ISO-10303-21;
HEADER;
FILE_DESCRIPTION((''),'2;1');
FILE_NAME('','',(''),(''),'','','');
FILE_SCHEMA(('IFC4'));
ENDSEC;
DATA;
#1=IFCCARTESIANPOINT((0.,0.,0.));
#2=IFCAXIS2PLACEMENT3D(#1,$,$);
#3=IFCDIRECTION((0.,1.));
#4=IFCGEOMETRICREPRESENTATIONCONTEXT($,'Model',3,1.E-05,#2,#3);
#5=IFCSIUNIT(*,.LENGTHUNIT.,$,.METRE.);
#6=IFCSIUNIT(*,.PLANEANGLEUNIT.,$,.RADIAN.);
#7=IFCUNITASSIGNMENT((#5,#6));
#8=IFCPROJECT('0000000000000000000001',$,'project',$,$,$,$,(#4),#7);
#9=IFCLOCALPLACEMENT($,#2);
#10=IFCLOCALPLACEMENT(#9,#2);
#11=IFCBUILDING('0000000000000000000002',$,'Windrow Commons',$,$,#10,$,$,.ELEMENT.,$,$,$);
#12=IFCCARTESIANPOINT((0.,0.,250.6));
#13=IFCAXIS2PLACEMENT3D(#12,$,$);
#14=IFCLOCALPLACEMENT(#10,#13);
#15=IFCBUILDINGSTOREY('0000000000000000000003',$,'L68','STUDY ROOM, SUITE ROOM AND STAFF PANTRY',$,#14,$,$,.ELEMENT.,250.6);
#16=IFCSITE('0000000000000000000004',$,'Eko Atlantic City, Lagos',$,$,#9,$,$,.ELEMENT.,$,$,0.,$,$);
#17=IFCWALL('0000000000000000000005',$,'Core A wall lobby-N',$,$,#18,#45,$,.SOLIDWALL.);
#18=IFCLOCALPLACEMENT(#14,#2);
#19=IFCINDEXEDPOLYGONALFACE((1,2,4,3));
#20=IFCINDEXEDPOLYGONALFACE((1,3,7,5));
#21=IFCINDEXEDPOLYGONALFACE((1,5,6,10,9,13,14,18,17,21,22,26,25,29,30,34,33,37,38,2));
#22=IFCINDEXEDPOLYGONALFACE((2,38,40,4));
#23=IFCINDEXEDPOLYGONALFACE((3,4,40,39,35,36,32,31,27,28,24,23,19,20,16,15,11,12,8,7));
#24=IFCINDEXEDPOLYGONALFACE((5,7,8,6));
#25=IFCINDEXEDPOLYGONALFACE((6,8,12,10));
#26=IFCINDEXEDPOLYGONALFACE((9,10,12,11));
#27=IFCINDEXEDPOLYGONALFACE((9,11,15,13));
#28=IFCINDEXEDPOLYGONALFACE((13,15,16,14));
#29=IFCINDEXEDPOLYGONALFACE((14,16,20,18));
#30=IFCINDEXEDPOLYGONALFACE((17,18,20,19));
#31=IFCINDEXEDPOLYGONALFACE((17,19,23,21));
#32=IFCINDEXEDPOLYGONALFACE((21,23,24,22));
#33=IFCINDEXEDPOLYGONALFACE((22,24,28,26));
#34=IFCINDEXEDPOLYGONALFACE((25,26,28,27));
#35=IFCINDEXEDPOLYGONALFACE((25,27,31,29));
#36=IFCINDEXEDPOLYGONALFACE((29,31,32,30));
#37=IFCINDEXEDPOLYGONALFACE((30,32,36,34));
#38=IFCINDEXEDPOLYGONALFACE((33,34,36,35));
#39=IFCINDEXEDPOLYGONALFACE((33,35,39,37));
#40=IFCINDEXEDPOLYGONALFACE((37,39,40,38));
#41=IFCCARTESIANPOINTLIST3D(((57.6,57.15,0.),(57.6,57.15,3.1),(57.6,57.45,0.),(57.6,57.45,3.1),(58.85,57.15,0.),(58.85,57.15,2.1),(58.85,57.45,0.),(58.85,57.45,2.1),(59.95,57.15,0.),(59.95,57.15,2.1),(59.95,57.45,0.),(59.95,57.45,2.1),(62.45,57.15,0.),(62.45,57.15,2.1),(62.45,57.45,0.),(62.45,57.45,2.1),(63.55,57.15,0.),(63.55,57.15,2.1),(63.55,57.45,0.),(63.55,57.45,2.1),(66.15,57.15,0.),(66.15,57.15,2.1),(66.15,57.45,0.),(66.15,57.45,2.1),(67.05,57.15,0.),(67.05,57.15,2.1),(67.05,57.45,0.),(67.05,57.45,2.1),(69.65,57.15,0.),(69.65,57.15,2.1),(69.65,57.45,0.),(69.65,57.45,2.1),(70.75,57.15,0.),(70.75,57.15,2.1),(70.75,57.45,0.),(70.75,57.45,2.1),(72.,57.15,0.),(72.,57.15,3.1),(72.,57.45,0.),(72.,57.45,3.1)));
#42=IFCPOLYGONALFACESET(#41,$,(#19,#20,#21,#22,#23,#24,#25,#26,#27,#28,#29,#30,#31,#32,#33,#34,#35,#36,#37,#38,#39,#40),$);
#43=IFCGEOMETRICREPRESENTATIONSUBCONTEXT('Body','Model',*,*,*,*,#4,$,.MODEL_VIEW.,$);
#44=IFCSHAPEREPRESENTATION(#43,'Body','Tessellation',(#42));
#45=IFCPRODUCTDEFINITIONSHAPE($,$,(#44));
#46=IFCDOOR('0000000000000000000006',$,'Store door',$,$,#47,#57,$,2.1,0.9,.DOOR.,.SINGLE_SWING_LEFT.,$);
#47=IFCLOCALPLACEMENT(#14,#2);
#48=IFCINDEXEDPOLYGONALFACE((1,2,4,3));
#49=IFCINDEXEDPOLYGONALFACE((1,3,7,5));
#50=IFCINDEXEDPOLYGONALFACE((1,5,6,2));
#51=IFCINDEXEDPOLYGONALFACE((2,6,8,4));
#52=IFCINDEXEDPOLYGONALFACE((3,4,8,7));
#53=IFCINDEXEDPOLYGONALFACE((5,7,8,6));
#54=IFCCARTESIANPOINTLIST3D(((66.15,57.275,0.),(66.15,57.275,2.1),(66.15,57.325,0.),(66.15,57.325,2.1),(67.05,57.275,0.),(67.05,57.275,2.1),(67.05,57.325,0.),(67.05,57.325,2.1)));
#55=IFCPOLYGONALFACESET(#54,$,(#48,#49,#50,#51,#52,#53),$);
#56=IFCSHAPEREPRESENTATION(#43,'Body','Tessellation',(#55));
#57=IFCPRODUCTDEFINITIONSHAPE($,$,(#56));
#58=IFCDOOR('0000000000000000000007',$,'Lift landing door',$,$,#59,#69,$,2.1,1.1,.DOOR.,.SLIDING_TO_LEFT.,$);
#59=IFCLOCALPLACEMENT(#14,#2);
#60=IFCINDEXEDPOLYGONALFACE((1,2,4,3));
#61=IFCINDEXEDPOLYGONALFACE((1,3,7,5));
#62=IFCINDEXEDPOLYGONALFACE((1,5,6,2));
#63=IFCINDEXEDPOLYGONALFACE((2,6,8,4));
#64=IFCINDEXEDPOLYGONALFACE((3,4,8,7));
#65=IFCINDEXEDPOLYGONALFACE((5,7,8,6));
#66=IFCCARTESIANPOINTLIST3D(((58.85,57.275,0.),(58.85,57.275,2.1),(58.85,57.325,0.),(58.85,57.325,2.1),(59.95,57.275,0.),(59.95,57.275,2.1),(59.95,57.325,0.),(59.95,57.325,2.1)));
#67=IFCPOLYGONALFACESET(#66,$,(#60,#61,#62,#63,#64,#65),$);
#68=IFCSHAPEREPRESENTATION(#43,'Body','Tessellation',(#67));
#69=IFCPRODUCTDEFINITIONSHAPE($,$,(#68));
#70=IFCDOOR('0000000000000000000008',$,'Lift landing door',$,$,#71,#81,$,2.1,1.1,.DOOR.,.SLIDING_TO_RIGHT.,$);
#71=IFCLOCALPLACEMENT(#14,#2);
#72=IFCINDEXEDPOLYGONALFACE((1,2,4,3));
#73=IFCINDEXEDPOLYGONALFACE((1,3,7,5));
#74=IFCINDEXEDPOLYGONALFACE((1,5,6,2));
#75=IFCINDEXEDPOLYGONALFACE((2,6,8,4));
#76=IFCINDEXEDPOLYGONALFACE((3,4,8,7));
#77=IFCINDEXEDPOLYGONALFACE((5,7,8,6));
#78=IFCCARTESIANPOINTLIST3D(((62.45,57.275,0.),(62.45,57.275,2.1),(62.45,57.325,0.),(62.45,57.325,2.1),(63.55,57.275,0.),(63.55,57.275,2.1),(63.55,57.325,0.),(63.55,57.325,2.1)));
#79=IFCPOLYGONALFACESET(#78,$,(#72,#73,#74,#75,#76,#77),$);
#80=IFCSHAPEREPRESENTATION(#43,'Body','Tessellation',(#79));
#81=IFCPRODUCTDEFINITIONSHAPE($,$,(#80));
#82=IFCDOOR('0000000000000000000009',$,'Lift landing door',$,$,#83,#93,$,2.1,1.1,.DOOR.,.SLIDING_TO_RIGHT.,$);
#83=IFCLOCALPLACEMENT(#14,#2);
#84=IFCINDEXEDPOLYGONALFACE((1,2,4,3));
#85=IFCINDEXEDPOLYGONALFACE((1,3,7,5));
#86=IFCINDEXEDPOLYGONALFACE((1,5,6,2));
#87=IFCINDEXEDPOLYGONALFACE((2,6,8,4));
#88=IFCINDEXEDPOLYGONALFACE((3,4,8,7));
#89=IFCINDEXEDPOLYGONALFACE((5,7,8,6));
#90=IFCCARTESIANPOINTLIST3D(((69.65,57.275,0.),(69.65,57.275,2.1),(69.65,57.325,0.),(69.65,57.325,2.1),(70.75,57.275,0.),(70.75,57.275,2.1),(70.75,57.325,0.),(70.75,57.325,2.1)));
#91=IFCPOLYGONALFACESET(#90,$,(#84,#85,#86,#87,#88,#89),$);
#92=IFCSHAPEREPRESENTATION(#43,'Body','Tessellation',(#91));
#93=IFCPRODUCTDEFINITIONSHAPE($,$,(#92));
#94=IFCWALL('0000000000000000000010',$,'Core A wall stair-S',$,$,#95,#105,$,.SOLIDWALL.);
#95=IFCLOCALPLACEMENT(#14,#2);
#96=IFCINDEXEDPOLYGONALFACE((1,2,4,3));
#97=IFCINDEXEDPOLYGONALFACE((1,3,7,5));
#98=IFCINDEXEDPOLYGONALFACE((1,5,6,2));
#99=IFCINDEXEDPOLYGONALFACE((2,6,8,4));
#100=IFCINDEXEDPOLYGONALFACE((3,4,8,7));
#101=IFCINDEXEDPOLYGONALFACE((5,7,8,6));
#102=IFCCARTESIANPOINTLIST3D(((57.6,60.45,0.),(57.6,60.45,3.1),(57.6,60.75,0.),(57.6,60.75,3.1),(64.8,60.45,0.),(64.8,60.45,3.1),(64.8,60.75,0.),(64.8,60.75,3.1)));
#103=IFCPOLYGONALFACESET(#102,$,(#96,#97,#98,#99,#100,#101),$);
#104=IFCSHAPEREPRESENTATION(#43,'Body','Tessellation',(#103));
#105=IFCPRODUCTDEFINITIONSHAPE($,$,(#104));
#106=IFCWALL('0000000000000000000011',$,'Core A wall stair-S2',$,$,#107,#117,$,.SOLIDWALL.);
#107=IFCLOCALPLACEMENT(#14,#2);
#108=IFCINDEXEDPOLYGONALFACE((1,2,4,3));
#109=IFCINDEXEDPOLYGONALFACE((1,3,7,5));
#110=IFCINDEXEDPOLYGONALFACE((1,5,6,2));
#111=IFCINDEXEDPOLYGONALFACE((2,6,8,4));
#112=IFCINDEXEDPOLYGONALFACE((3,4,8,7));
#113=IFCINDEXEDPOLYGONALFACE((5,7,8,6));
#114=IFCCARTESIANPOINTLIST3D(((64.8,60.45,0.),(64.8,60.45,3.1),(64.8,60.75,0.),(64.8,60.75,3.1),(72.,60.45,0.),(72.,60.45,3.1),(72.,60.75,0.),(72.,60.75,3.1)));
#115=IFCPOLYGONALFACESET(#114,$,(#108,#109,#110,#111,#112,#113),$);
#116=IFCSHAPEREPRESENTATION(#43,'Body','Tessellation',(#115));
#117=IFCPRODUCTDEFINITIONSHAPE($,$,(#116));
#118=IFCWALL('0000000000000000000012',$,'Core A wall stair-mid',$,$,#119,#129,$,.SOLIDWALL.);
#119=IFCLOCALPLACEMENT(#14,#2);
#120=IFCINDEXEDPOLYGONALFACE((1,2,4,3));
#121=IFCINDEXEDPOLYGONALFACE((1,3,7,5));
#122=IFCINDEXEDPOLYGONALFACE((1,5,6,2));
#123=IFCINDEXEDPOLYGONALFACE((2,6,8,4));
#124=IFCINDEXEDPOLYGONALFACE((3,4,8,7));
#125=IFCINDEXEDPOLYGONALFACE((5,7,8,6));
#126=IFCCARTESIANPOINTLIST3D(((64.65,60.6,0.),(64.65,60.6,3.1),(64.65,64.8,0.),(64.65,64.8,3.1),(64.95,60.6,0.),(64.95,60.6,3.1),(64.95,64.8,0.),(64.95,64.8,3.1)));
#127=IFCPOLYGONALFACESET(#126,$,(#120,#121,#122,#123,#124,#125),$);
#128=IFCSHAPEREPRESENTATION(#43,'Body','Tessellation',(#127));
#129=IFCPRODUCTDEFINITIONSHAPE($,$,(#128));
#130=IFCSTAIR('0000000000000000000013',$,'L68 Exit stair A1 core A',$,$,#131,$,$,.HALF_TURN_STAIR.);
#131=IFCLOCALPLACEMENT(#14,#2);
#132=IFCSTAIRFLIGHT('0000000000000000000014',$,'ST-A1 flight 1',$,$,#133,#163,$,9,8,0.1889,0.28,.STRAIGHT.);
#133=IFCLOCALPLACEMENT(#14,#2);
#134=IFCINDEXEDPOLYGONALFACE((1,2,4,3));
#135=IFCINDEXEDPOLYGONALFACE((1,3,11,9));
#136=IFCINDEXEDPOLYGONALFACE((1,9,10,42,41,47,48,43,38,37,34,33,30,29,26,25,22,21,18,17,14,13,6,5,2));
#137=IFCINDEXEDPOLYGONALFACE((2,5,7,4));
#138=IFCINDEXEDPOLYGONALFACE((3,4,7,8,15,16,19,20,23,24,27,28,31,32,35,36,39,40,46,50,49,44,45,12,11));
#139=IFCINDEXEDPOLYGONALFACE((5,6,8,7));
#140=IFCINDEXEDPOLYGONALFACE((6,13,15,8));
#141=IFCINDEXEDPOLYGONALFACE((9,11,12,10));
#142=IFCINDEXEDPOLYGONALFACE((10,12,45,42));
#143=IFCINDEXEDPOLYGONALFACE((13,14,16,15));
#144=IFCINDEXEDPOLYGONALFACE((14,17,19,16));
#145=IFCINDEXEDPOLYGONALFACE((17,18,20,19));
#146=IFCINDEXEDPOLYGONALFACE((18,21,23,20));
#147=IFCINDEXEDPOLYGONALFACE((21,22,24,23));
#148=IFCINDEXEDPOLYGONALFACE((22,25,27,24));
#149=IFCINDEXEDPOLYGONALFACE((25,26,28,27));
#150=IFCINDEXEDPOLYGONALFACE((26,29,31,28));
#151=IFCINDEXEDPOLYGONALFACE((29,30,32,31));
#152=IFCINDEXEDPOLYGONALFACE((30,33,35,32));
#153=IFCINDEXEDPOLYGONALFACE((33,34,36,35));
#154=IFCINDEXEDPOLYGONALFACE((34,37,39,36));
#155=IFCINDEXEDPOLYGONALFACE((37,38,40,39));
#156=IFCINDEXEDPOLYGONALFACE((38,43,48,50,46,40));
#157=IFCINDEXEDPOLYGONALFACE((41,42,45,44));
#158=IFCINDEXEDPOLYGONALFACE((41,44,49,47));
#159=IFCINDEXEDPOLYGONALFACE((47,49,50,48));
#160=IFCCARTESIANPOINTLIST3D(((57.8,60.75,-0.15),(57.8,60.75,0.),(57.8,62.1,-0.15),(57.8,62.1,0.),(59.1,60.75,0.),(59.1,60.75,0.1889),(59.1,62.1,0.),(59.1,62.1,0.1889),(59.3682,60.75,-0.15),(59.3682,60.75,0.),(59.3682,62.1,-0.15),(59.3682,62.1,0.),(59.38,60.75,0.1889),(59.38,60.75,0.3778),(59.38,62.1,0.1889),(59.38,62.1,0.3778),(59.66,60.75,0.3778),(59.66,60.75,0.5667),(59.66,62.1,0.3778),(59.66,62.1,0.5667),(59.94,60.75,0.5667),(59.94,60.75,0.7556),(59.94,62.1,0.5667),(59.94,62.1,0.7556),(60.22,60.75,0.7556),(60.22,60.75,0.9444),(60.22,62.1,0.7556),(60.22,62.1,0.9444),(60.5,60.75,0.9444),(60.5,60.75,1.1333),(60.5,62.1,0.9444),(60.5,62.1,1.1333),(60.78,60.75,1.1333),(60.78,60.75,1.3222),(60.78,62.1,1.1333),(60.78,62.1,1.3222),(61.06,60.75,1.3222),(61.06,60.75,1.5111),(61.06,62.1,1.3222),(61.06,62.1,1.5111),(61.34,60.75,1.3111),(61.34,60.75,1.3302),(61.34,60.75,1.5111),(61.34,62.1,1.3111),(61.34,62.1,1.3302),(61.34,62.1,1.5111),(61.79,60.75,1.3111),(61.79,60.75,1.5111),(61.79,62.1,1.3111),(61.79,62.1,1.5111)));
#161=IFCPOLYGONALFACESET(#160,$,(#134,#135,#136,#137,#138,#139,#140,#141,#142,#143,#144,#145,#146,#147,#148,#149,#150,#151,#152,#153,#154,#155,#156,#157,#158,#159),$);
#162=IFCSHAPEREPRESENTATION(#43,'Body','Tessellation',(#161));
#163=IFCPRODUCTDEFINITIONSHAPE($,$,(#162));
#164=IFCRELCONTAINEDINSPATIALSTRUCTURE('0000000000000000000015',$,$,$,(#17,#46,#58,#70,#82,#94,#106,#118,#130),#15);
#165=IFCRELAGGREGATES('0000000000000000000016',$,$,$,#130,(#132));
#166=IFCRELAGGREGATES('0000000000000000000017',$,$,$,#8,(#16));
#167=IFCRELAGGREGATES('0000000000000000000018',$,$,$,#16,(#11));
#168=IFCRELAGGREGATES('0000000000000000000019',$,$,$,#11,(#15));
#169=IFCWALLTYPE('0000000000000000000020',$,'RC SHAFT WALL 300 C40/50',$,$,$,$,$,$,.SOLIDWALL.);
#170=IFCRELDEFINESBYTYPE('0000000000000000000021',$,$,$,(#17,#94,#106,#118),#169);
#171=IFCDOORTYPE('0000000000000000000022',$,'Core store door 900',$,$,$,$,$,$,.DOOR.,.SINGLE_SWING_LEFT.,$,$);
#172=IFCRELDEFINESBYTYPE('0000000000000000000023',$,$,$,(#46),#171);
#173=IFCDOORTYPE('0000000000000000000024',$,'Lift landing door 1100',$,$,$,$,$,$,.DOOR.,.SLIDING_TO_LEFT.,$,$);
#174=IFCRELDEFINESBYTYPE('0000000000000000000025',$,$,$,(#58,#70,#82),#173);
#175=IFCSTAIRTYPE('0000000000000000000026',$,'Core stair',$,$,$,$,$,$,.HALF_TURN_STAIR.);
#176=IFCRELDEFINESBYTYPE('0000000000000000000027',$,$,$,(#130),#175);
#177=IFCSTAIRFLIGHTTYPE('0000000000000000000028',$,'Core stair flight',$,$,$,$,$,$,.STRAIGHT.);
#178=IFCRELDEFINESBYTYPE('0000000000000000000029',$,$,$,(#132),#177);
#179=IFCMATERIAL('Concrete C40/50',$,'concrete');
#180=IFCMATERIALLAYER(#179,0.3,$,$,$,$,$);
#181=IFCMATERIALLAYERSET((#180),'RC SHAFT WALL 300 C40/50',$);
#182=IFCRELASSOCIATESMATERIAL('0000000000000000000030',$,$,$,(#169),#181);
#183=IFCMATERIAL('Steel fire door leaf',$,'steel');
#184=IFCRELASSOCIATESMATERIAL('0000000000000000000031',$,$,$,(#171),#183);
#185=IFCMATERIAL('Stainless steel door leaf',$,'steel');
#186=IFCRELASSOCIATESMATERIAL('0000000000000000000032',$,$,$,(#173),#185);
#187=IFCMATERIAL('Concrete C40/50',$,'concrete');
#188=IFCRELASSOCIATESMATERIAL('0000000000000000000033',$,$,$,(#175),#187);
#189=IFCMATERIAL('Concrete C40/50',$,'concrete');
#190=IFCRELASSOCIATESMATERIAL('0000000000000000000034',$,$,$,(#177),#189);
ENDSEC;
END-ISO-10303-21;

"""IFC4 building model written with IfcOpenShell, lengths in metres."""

from ifc_helpers import new_model, si_unit, direction, frame, frame_2d, origin, place, context, subcontext, project, spatial, polyline, rectangle, outline, extrude, material, layer, layer_set, type_object, element, fill, aggregate, save


model = new_model("IFC4")

# Units and contexts
model_context = context("Model", 3, precision=1e-05, world=origin(), true_north=direction((0.0, 1.0)))
body_context = subcontext(model_context, "Body", "Model", "MODEL_VIEW")
ifc_project = project(units=[si_unit("LENGTHUNIT", "METRE"), si_unit("PLANEANGLEUNIT", "RADIAN")], contexts=[model_context])

# Site, building, storey
site_placement = place(None, origin())
site = spatial("IfcSite", under=ifc_project, at=site_placement, Name="Eko Atlantic City, Lagos", CompositionType="ELEMENT", RefElevation=0.0)
building_placement = place(site_placement, origin())
building = spatial("IfcBuilding", under=site, at=building_placement, Name="Windrow Commons", CompositionType="ELEMENT")
storey_placement = place(building_placement, frame((0.0, 0.0, 250.6)))
storey = spatial("IfcBuildingStorey", under=building, at=storey_placement, Name="L68", Description="STUDY ROOM, SUITE ROOM AND STAFF PANTRY", CompositionType="ELEMENT", Elevation=250.6)

# Shared definitions
ifc_material_1 = material(Name="Concrete C40/50", Category="concrete")
ifc_layer_1 = layer(ifc_material_1, 0.3)
ifc_layer_set_1 = layer_set([ifc_layer_1], Name="RC SHAFT WALL 300 C40/50")
wall_type_1 = type_object("IfcWallType", Name="RC SHAFT WALL 300 C40/50", PredefinedType="SOLIDWALL", material=ifc_layer_set_1)

# Wall, openings, doors
ifc_material_2 = material(Name="Steel fire door leaf", Category="steel")
door_type_1 = type_object("IfcDoorType", Name="Core store door 900", OperationType="SINGLE_SWING_LEFT", PredefinedType="DOOR", material=ifc_material_2)
ifc_material_3 = material(Name="Stainless steel door leaf", Category="steel")
door_type_2 = type_object("IfcDoorType", Name="Lift landing door 1100", OperationType="SLIDING_TO_LEFT", PredefinedType="DOOR", material=ifc_material_3)
wall_1_placement = place(storey_placement, frame((57.6, 57.3, 0.0), z_axis=(0.0, 0.0, 1.0), x_axis=(1.0, 0.0, 0.0)))
wall_1 = element("IfcWall", 1, at=wall_1_placement, inside=storey, type_object=wall_type_1, Name="Core A wall lobby-N", PredefinedType="SOLIDWALL", context=body_context, shape_type="SweptSolid", body=[
    extrude(rectangle(XDim=14.4, YDim=0.3, at=frame_2d((7.2, 0.0))), origin(), (0.0, 0.0, 1.0), 3.1),
])
opening_1_placement = place(wall_1_placement, frame((8.55, 0.0, 0.0)))
opening_1 = element("IfcOpeningElement", 2, at=opening_1_placement, cuts=wall_1, PredefinedType="OPENING", context=body_context, shape_type="SweptSolid", body=[
    extrude(rectangle(XDim=0.9, YDim=2.1, at=frame_2d((0.45, 1.05))), frame((0.0, 0.16, 0.0), z_axis=(0.0, -1.0, 0.0), x_axis=(1.0, 0.0, 0.0)), (0.0, 0.0, 1.0), 0.32),
])
opening_2_placement = place(wall_1_placement, frame((1.25, 0.0, 0.0)))
opening_2 = element("IfcOpeningElement", 3, at=opening_2_placement, cuts=wall_1, PredefinedType="OPENING", context=body_context, shape_type="SweptSolid", body=[
    extrude(rectangle(XDim=1.1, YDim=2.1, at=frame_2d((0.55, 1.05))), frame((0.0, 0.16, 0.0), z_axis=(0.0, -1.0, 0.0), x_axis=(1.0, 0.0, 0.0)), (0.0, 0.0, 1.0), 0.32),
])
opening_3_placement = place(wall_1_placement, frame((4.85, 0.0, 0.0)))
opening_3 = element("IfcOpeningElement", 4, at=opening_3_placement, cuts=wall_1, PredefinedType="OPENING", context=body_context, shape_type="SweptSolid", body=[
    extrude(rectangle(XDim=1.1, YDim=2.1, at=frame_2d((0.55, 1.05))), frame((0.0, 0.16, 0.0), z_axis=(0.0, -1.0, 0.0), x_axis=(1.0, 0.0, 0.0)), (0.0, 0.0, 1.0), 0.32),
])
opening_4_placement = place(wall_1_placement, frame((12.05, 0.0, 0.0)))
opening_4 = element("IfcOpeningElement", 5, at=opening_4_placement, cuts=wall_1, PredefinedType="OPENING", context=body_context, shape_type="SweptSolid", body=[
    extrude(rectangle(XDim=1.1, YDim=2.1, at=frame_2d((0.55, 1.05))), frame((0.0, 0.16, 0.0), z_axis=(0.0, -1.0, 0.0), x_axis=(1.0, 0.0, 0.0)), (0.0, 0.0, 1.0), 0.32),
])
door_1_placement = place(opening_1_placement, origin())
door_1 = element("IfcDoor", 6, at=door_1_placement, inside=storey, type_object=door_type_1, Name="Store door", OperationType="SINGLE_SWING_LEFT", OverallHeight=2.1, OverallWidth=0.9, PredefinedType="DOOR", context=body_context, shape_type="SweptSolid", body=[
    extrude(rectangle(XDim=0.9, YDim=2.1, at=frame_2d((0.45, 1.05))), frame((0.0, 0.025, 0.0), z_axis=(0.0, -1.0, 0.0), x_axis=(1.0, 0.0, 0.0)), (0.0, 0.0, 1.0), 0.05),
])
fill(opening_1, door_1)
door_2_placement = place(opening_2_placement, origin())
door_2 = element("IfcDoor", 7, at=door_2_placement, inside=storey, type_object=door_type_2, Name="Lift landing door", OperationType="SLIDING_TO_LEFT", OverallHeight=2.1, OverallWidth=1.1, PredefinedType="DOOR", context=body_context, shape_type="SweptSolid", body=[
    extrude(rectangle(XDim=1.1, YDim=2.1, at=frame_2d((0.55, 1.05))), frame((0.0, 0.025, 0.0), z_axis=(0.0, -1.0, 0.0), x_axis=(1.0, 0.0, 0.0)), (0.0, 0.0, 1.0), 0.05),
])
fill(opening_2, door_2)
door_3_placement = place(opening_3_placement, origin())
door_3 = element("IfcDoor", 8, at=door_3_placement, inside=storey, type_object=door_type_2, Name="Lift landing door", OperationType="SLIDING_TO_RIGHT", OverallHeight=2.1, OverallWidth=1.1, PredefinedType="DOOR", context=body_context, shape_type="SweptSolid", body=[
    extrude(rectangle(XDim=1.1, YDim=2.1, at=frame_2d((0.55, 1.05))), frame((0.0, 0.025, 0.0), z_axis=(0.0, -1.0, 0.0), x_axis=(1.0, 0.0, 0.0)), (0.0, 0.0, 1.0), 0.05),
])
fill(opening_3, door_3)
door_4_placement = place(opening_4_placement, origin())
door_4 = element("IfcDoor", 9, at=door_4_placement, inside=storey, type_object=door_type_2, Name="Lift landing door", OperationType="SLIDING_TO_RIGHT", OverallHeight=2.1, OverallWidth=1.1, PredefinedType="DOOR", context=body_context, shape_type="SweptSolid", body=[
    extrude(rectangle(XDim=1.1, YDim=2.1, at=frame_2d((0.55, 1.05))), frame((0.0, 0.025, 0.0), z_axis=(0.0, -1.0, 0.0), x_axis=(1.0, 0.0, 0.0)), (0.0, 0.0, 1.0), 0.05),
])
fill(opening_4, door_4)

# Walls
for number, where, z_axis, x_axis, name in (
    (10, (57.6, 60.6, 0.0), (0.0, 0.0, 1.0), (1.0, 0.0, 0.0), "Core A wall stair-S"),
    (11, (64.8, 60.6, 0.0), (0.0, 0.0, 1.0), (1.0, 0.0, 0.0), "Core A wall stair-S2"),
):
    element("IfcWall", number, at=place(storey_placement, frame(where, z_axis=z_axis, x_axis=x_axis)), inside=storey, type_object=wall_type_1, Name=name, PredefinedType="SOLIDWALL", context=body_context, shape_type="SweptSolid", body=[
        extrude(rectangle(XDim=7.2, YDim=0.3, at=frame_2d((3.6, 0.0))), origin(), (0.0, 0.0, 1.0), 3.1),
    ])
wall_2_placement = place(storey_placement, frame((64.8, 60.6, 0.0), z_axis=(0.0, 0.0, 1.0), x_axis=(0.0, 1.0, 0.0)))
element("IfcWall", 12, at=wall_2_placement, inside=storey, type_object=wall_type_1, Name="Core A wall stair-mid", PredefinedType="SOLIDWALL", context=body_context, shape_type="SweptSolid", body=[
    extrude(rectangle(XDim=4.2, YDim=0.3, at=frame_2d((2.1, 0.0))), origin(), (0.0, 0.0, 1.0), 3.1),
])

# Stair, stair flight
ifc_material_4 = material(Name="Concrete C40/50", Category="concrete")
stair_type = type_object("IfcStairType", Name="Core stair", PredefinedType="HALF_TURN_STAIR", material=ifc_material_4)
placement = place(storey_placement, origin())
stair_1 = element("IfcStair", 13, at=placement, inside=storey, type_object=stair_type, Name="L68 Exit stair A1 core A", PredefinedType="HALF_TURN_STAIR")
ifc_material_5 = material(Name="Concrete C40/50", Category="concrete")
stair_flight_type = type_object("IfcStairFlightType", Name="Core stair flight", PredefinedType="STRAIGHT", material=ifc_material_5)
stair_flight_1_placement = place(storey_placement, frame((59.1, 61.425, 0.0), z_axis=(0.0, 0.0, 1.0), x_axis=(1.0, 0.0, 0.0)))
stair_flight_1 = element("IfcStairFlight", 14, at=stair_flight_1_placement, type_object=stair_flight_type, Name="ST-A1 flight 1", NumberOfRisers=9, NumberOfTreads=8, PredefinedType="STRAIGHT", RiserHeight=0.1889, TreadLength=0.28, context=body_context, shape_type="SweptSolid", body=[
    extrude(outline(polyline([(-1.3, -0.15), (-1.3, 0.0), (0.0, 0.0), (0.0, 0.1889), (0.28, 0.1889), (0.28, 0.3778), (0.56, 0.3778), (0.56, 0.5667), (0.84, 0.5667), (0.84, 0.7556), (1.12, 0.7556), (1.12, 0.9444), (1.4, 0.9444), (1.4, 1.1333), (1.68, 1.1333), (1.68, 1.3222), (1.96, 1.3222), (1.96, 1.5111), (2.24, 1.5111), (2.69, 1.5111), (2.69, 1.3111), (2.24, 1.3111), (2.24, 1.3302), (0.2682, 0.0), (0.2682, -0.15), (-1.3, -0.15)])), frame((0.0, 0.675, 0.0), z_axis=(0.0, -1.0, 0.0), x_axis=(1.0, 0.0, 0.0)), (0.0, 0.0, 1.0), 1.35),
])
aggregate(stair_1, [stair_flight_1])

save(model, "model.ifc")
